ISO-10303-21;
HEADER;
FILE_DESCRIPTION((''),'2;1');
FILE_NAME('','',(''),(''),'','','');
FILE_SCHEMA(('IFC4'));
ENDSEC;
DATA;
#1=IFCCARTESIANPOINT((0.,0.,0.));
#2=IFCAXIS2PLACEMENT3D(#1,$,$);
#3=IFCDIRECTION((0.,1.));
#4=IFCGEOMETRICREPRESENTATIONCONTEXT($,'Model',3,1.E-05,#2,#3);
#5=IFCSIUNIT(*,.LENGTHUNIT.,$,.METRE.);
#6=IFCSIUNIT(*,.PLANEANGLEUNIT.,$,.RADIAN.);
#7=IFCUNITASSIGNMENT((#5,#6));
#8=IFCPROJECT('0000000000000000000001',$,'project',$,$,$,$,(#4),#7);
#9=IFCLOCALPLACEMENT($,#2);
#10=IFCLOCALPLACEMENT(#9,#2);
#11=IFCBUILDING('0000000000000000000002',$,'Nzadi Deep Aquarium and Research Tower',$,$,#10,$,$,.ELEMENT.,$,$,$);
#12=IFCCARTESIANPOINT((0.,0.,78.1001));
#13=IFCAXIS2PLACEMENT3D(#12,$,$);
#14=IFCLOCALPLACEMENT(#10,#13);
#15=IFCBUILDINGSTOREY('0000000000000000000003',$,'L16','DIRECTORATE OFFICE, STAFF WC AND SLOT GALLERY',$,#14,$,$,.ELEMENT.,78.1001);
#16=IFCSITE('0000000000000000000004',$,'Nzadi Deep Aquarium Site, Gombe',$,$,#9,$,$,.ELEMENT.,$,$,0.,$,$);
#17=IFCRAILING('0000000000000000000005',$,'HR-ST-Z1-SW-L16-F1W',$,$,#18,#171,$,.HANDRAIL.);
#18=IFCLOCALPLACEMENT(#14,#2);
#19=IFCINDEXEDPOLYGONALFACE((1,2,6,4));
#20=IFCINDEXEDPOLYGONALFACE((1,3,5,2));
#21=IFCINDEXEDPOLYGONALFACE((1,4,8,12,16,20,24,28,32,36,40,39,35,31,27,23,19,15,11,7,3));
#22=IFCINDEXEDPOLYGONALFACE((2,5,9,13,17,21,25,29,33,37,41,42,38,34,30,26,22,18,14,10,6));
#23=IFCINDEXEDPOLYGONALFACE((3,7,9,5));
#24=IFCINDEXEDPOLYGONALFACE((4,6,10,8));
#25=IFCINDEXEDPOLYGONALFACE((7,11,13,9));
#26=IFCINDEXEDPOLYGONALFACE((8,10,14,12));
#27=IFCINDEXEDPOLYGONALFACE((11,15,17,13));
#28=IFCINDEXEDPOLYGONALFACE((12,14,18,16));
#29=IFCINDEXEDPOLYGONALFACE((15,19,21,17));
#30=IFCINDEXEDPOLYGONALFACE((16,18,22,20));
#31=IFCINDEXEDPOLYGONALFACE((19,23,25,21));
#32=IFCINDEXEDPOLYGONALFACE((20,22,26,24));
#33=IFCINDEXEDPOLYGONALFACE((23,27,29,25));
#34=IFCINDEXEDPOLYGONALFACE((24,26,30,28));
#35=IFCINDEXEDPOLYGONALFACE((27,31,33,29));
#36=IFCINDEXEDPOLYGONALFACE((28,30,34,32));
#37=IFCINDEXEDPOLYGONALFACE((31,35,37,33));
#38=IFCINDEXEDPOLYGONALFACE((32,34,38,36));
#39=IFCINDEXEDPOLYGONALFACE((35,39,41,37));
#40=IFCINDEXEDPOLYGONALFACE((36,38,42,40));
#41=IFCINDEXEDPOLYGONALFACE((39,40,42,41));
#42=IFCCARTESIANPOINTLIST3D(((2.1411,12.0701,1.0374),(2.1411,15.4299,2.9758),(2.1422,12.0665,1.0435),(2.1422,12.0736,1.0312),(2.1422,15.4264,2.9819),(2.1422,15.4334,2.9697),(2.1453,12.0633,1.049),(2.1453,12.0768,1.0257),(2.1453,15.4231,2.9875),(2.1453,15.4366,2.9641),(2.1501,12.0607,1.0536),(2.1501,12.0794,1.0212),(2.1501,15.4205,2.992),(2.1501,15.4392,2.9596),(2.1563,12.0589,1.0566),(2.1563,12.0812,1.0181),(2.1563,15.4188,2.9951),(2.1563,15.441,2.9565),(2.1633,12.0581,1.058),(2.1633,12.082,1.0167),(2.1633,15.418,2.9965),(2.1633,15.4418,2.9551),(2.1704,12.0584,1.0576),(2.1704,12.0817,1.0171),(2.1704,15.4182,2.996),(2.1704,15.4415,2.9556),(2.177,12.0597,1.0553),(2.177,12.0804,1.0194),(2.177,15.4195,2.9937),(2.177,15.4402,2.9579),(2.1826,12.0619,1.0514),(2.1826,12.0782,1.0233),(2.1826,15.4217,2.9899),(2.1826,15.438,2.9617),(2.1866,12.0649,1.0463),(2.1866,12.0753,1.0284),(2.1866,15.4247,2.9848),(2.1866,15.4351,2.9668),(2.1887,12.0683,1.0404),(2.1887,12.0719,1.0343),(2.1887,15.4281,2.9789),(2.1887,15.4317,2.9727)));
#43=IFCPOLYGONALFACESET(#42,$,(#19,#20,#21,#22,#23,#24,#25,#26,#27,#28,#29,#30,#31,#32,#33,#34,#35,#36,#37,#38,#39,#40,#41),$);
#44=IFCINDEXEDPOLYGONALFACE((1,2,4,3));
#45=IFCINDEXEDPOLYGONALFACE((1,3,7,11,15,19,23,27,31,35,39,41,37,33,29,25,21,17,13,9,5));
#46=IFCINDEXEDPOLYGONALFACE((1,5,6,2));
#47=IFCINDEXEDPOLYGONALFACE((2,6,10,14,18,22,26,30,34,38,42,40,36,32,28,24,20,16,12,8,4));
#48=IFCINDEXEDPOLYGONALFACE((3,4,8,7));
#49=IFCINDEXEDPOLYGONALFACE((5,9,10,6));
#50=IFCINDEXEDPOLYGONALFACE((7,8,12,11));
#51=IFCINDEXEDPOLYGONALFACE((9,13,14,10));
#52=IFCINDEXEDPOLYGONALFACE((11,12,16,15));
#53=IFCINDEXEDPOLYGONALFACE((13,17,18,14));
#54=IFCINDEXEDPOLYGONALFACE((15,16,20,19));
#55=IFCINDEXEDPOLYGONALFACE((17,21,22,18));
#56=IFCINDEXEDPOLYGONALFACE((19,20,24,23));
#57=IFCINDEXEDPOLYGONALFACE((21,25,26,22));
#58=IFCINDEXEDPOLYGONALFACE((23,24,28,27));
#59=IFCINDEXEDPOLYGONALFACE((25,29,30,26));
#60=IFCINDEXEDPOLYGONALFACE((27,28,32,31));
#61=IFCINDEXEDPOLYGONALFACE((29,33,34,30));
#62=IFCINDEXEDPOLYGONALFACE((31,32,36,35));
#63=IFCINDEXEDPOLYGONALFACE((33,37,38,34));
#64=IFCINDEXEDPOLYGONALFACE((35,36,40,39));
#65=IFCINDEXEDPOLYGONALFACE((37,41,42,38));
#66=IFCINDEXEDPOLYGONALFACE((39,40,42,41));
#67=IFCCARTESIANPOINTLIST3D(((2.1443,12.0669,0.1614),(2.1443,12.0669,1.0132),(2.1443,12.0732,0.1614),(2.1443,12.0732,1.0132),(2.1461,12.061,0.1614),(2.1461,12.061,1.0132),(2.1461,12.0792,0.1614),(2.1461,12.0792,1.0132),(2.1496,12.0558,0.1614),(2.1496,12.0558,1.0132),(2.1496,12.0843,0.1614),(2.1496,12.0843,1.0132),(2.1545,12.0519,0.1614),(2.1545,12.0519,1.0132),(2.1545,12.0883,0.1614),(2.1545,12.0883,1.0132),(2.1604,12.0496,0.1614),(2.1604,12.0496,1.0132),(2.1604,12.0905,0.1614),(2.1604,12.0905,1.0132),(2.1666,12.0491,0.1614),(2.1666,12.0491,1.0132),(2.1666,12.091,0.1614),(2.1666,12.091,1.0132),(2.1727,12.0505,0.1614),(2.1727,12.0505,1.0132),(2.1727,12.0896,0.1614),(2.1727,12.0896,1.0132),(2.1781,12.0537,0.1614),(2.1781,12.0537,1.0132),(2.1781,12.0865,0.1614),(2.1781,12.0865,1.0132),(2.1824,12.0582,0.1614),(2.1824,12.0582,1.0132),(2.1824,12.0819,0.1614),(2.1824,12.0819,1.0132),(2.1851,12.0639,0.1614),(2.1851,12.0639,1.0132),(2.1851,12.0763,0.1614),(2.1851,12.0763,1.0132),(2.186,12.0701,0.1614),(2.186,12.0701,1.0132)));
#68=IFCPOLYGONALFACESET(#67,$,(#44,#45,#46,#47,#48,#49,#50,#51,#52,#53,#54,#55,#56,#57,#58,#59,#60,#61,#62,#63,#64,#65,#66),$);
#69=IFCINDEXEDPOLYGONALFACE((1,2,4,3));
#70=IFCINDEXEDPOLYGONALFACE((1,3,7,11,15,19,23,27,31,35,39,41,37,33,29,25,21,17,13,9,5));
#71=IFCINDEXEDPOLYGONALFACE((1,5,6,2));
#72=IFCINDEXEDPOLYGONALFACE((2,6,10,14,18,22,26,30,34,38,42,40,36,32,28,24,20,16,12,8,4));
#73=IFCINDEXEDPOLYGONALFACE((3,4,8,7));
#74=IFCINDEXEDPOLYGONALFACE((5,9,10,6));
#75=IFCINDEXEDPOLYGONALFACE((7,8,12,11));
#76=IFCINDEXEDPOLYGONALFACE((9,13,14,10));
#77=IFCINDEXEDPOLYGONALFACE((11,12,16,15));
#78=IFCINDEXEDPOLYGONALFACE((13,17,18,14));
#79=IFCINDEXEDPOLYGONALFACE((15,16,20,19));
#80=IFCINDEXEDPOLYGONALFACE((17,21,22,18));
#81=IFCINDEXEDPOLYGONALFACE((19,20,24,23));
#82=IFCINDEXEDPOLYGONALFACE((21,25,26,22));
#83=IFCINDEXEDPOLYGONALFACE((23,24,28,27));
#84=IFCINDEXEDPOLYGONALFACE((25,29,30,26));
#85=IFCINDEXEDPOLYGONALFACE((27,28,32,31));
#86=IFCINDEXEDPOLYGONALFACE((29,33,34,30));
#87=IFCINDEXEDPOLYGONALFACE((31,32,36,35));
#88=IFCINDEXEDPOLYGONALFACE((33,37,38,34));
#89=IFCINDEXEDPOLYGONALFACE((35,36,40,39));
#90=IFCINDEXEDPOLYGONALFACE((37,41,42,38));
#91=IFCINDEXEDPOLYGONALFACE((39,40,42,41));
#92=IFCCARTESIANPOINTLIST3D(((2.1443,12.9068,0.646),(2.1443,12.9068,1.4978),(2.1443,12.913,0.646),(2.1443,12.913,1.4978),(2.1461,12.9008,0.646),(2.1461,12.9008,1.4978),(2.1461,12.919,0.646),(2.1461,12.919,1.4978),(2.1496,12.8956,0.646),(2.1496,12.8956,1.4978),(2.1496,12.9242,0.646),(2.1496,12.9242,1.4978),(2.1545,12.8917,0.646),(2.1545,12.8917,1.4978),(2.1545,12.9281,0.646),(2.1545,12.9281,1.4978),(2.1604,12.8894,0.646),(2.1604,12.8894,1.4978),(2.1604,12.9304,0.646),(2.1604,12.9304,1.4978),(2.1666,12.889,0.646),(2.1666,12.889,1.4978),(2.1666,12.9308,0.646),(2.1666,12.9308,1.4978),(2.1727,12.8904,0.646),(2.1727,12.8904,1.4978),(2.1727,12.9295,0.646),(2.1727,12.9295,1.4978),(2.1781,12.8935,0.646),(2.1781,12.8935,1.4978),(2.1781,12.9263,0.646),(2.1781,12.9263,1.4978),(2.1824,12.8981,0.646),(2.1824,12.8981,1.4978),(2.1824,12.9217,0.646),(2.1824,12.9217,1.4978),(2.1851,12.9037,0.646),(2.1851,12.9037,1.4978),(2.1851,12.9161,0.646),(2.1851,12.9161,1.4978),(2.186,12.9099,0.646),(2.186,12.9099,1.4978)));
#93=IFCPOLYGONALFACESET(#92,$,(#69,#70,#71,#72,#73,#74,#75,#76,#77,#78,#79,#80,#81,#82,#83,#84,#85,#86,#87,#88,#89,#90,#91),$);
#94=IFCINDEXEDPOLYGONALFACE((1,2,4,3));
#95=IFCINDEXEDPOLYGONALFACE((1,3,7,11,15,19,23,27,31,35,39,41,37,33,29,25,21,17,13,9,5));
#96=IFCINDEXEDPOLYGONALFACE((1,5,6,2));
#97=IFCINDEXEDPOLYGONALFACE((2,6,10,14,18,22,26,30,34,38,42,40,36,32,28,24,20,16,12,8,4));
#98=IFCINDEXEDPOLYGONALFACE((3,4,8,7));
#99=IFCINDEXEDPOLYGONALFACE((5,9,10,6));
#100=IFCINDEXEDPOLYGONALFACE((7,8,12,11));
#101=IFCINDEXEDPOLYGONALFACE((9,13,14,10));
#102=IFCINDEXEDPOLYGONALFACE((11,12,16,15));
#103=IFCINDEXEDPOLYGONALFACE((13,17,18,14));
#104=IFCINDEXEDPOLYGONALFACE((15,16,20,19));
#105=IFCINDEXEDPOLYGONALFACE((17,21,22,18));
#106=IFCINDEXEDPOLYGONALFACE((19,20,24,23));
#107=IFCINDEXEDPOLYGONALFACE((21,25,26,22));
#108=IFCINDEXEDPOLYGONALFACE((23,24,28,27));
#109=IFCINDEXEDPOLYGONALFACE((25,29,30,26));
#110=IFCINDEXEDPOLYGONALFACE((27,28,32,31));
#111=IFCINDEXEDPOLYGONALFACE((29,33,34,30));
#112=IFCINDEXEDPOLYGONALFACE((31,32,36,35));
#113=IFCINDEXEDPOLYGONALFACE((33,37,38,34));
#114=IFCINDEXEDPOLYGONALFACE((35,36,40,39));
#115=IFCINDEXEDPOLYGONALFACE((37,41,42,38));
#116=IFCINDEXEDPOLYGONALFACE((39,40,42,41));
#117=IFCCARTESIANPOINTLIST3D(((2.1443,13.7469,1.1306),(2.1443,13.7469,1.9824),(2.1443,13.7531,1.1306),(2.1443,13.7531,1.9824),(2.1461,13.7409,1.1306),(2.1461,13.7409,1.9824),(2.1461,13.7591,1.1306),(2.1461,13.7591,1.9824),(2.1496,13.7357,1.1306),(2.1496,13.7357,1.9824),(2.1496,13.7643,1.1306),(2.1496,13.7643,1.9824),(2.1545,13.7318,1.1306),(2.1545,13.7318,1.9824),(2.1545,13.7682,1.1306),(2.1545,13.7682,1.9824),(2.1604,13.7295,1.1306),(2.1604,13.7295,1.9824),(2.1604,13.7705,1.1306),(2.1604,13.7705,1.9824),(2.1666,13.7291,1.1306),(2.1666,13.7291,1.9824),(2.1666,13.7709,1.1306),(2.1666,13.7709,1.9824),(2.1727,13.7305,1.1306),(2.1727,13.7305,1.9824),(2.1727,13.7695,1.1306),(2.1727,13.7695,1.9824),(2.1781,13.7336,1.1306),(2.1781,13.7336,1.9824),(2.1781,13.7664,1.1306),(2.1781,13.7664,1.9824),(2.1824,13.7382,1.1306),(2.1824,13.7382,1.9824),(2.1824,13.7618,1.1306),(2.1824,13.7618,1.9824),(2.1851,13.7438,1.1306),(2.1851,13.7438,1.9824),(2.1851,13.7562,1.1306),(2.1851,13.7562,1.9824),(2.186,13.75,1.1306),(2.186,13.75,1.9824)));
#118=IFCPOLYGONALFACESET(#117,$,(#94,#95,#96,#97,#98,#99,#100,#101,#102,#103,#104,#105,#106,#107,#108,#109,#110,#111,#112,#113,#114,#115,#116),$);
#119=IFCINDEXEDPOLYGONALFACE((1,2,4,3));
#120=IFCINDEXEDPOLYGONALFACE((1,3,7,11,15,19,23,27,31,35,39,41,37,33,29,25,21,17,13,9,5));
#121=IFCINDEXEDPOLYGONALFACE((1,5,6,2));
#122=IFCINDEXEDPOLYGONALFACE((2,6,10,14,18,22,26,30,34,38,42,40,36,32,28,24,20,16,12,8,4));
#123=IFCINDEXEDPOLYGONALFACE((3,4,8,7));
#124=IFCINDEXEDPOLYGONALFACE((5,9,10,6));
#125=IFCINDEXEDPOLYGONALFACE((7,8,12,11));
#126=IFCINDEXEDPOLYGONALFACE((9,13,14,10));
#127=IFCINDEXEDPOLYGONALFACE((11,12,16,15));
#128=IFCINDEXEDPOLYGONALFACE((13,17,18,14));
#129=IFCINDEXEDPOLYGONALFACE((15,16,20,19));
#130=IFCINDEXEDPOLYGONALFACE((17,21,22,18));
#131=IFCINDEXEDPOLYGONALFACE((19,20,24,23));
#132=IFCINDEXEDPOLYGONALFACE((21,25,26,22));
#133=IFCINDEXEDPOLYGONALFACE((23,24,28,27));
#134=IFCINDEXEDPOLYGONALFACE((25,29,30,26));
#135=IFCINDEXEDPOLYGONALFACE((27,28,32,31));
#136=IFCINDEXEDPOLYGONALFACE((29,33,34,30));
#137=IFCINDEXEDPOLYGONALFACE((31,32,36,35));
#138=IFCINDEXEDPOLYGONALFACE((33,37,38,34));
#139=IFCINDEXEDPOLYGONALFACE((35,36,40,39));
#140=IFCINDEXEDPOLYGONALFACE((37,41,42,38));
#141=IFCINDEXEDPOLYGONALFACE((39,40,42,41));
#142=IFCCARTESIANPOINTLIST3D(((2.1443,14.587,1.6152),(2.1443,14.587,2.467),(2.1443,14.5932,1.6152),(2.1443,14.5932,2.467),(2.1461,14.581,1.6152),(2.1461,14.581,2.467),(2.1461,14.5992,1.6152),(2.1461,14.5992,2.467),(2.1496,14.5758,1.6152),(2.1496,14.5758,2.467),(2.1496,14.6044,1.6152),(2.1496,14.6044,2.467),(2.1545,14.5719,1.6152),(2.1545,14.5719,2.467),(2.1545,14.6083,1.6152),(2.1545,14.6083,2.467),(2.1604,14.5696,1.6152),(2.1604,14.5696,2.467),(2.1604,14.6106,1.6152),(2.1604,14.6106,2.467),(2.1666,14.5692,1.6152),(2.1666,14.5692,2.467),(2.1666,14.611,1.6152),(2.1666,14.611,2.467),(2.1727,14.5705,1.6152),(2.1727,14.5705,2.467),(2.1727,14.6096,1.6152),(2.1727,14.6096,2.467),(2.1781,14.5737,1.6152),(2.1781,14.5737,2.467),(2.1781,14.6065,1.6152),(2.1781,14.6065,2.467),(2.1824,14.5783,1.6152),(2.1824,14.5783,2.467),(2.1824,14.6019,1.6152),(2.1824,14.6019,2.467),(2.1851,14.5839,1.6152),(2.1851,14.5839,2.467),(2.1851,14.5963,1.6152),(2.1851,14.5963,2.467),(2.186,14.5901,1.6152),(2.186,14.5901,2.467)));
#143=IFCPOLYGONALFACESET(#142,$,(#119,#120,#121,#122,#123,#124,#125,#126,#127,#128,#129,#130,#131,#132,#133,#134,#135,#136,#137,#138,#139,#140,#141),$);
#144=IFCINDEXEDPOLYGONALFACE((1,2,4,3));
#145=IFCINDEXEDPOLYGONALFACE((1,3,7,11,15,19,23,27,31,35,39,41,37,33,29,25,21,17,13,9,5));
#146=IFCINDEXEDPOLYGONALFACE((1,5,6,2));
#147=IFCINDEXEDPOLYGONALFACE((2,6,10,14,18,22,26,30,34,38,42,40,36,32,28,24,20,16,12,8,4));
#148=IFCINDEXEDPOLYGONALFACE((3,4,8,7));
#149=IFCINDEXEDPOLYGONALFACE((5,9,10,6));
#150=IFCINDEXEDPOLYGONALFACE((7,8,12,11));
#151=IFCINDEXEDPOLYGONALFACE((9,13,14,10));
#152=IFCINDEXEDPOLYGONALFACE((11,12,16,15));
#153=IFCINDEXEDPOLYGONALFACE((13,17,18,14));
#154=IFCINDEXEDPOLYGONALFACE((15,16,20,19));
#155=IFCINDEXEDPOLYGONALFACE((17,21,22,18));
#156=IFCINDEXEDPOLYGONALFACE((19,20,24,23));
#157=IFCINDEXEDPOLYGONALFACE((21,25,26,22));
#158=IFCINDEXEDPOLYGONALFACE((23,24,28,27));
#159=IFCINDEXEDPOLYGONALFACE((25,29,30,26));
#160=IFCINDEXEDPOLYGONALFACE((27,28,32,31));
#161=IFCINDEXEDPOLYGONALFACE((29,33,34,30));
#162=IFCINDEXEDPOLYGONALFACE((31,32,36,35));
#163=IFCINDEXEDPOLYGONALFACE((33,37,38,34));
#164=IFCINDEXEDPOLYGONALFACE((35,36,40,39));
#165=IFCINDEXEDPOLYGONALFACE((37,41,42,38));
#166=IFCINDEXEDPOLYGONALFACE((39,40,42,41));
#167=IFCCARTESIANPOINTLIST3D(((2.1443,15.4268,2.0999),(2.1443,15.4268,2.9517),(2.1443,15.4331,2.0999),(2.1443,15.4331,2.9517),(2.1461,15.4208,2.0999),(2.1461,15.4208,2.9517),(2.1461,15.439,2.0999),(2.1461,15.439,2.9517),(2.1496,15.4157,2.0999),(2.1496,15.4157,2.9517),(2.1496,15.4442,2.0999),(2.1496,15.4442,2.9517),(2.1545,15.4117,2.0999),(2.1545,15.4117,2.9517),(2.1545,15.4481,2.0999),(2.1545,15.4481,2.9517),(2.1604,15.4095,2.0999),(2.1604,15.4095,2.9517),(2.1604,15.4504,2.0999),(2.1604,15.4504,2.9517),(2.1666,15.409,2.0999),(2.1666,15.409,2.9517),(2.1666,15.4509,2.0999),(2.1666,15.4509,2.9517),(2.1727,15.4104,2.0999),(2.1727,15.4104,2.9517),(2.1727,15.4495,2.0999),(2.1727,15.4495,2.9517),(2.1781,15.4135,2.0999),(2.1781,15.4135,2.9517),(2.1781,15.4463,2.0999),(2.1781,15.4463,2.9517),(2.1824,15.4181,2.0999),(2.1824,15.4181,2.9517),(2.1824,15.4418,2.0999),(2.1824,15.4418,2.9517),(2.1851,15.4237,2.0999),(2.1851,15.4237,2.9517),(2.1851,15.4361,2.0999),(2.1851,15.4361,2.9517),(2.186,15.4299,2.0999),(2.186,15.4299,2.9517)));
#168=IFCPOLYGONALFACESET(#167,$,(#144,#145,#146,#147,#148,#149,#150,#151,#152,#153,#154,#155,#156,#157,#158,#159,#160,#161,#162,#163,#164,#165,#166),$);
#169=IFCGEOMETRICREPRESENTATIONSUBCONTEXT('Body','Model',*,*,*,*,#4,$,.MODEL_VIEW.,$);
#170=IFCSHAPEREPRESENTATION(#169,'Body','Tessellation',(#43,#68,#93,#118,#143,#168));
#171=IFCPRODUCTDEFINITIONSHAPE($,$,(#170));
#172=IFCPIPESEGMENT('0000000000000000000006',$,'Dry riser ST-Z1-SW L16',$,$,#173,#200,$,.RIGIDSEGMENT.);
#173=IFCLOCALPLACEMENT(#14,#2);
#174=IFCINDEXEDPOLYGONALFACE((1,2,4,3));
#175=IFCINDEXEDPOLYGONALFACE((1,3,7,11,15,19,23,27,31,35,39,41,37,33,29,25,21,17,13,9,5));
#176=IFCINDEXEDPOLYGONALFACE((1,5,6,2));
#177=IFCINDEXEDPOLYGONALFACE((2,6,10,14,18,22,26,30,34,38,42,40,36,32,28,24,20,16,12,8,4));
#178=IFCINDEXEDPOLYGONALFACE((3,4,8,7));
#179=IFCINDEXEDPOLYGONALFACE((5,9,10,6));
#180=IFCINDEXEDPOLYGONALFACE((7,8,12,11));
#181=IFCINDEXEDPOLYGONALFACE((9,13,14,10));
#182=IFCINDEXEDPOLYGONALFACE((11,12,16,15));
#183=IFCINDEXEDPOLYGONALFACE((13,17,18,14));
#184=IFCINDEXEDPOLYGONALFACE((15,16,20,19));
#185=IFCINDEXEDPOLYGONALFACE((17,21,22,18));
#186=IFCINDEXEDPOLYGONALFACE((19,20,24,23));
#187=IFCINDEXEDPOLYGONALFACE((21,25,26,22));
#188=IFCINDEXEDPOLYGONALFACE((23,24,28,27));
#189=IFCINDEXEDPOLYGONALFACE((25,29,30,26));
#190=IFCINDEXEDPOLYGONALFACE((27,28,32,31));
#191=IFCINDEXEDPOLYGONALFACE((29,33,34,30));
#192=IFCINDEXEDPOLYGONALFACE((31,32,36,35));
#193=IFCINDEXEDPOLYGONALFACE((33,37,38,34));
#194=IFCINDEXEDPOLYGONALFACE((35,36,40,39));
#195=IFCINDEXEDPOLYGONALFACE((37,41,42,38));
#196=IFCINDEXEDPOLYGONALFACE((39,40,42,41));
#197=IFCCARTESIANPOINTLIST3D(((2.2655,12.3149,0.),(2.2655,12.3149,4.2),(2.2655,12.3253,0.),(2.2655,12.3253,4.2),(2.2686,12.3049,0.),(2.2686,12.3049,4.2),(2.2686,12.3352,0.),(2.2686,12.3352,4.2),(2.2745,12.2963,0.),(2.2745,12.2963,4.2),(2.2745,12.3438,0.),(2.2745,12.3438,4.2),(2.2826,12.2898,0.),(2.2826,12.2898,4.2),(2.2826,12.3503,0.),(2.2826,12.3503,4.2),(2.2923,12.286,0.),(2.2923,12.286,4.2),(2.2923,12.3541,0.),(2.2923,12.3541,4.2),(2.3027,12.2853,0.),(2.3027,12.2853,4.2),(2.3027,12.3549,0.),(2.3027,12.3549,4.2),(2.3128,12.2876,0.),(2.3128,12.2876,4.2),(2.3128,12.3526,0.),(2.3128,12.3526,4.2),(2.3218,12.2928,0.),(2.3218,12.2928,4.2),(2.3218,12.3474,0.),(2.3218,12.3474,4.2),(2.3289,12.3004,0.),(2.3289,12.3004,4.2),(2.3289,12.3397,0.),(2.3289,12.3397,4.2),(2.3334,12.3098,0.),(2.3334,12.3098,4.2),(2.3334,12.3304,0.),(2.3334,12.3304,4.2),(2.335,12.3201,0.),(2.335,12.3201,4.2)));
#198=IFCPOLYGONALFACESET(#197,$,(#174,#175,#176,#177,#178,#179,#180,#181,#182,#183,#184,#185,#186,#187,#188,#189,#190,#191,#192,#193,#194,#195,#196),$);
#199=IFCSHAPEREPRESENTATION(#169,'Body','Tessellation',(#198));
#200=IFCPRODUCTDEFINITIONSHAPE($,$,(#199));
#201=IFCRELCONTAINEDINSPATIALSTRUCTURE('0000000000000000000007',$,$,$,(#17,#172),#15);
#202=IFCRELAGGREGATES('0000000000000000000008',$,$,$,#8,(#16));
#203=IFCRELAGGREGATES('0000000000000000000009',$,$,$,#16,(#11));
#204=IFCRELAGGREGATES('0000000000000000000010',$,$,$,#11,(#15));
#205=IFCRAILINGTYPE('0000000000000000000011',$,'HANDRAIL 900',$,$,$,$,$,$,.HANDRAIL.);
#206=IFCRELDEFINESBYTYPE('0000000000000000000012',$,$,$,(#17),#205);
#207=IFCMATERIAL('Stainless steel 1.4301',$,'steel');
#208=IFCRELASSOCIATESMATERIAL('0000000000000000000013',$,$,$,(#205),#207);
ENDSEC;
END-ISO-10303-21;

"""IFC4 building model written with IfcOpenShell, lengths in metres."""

from ifc_helpers import new_model, si_unit, direction, frame, origin, origin_2d, place, context, subcontext, project, spatial, circle, extrude, material, type_object, element, save


model = new_model("IFC4")

# Units and contexts
model_context = context("Model", 3, precision=1e-05, world=origin(), true_north=direction((0.0, 1.0)))
body_context = subcontext(model_context, "Body", "Model", "MODEL_VIEW")
ifc_project = project(units=[si_unit("LENGTHUNIT", "METRE"), si_unit("PLANEANGLEUNIT", "RADIAN")], contexts=[model_context])

# Site, building, storey
site_placement = place(None, origin())
site = spatial("IfcSite", under=ifc_project, at=site_placement, Name="Nzadi Deep Aquarium Site, Gombe", CompositionType="ELEMENT", RefElevation=0.0)
building_placement = place(site_placement, origin())
building = spatial("IfcBuilding", under=site, at=building_placement, Name="Nzadi Deep Aquarium and Research Tower", CompositionType="ELEMENT")
storey_placement = place(building_placement, frame((0.0, 0.0, 78.1001)))
storey = spatial("IfcBuildingStorey", under=building, at=storey_placement, Name="L16", Description="DIRECTORATE OFFICE, STAFF WC AND SLOT GALLERY", CompositionType="ELEMENT", Elevation=78.1001)

# Railing
ifc_material_1 = material(Name="Stainless steel 1.4301", Category="steel")
railing_type_1 = type_object("IfcRailingType", Name="HANDRAIL 900", PredefinedType="HANDRAIL", material=ifc_material_1)
for number, where, name in (
    (1, (2.165, 12.0701, 0.1614), "HR-ST-Z1-SW-L16-F1W"),
):
    element("IfcRailing", number, at=place(storey_placement, frame(where)), inside=storey, type_object=railing_type_1, Name=name, PredefinedType="HANDRAIL", context=body_context, shape_type="SweptSolid", body=[
        extrude(circle(Radius=0.0239, at=origin_2d()), frame((0.0, 0.0, 0.876), z_axis=(0.0, 0.866175, 0.499741), x_axis=(-1.0, 0.0, 0.0)), (0.0, 0.0, 1.0), 3.8789),
        extrude(circle(Radius=0.021, at=origin_2d()), origin(), (0.0, 0.0, 1.0), 0.8518),
        extrude(circle(Radius=0.021, at=origin_2d()), frame((0.0, 0.8398, 0.4846)), (0.0, 0.0, 1.0), 0.8518),
        extrude(circle(Radius=0.021, at=origin_2d()), frame((0.0, 1.6799, 0.9692)), (0.0, 0.0, 1.0), 0.8518),
        extrude(circle(Radius=0.021, at=origin_2d()), frame((0.0, 2.52, 1.4539)), (0.0, 0.0, 1.0), 0.8518),
        extrude(circle(Radius=0.021, at=origin_2d()), frame((0.0, 3.3599, 1.9385)), (0.0, 0.0, 1.0), 0.8518),
    ])

# Pipe segment
pipe_segment_placement = place(storey_placement, frame((2.3, 12.3201, 0.0), z_axis=(0.0, 0.0, 1.0), x_axis=(1.0, 0.0, 0.0)))
element("IfcPipeSegment", 2, at=pipe_segment_placement, inside=storey, Name="Dry riser ST-Z1-SW L16", PredefinedType="RIGIDSEGMENT", context=body_context, shape_type="SweptSolid", body=[
    extrude(circle(Radius=0.0349, at=origin_2d()), origin(), (0.0, 0.0, 1.0), 4.2),
])

save(model, "model.ifc")
